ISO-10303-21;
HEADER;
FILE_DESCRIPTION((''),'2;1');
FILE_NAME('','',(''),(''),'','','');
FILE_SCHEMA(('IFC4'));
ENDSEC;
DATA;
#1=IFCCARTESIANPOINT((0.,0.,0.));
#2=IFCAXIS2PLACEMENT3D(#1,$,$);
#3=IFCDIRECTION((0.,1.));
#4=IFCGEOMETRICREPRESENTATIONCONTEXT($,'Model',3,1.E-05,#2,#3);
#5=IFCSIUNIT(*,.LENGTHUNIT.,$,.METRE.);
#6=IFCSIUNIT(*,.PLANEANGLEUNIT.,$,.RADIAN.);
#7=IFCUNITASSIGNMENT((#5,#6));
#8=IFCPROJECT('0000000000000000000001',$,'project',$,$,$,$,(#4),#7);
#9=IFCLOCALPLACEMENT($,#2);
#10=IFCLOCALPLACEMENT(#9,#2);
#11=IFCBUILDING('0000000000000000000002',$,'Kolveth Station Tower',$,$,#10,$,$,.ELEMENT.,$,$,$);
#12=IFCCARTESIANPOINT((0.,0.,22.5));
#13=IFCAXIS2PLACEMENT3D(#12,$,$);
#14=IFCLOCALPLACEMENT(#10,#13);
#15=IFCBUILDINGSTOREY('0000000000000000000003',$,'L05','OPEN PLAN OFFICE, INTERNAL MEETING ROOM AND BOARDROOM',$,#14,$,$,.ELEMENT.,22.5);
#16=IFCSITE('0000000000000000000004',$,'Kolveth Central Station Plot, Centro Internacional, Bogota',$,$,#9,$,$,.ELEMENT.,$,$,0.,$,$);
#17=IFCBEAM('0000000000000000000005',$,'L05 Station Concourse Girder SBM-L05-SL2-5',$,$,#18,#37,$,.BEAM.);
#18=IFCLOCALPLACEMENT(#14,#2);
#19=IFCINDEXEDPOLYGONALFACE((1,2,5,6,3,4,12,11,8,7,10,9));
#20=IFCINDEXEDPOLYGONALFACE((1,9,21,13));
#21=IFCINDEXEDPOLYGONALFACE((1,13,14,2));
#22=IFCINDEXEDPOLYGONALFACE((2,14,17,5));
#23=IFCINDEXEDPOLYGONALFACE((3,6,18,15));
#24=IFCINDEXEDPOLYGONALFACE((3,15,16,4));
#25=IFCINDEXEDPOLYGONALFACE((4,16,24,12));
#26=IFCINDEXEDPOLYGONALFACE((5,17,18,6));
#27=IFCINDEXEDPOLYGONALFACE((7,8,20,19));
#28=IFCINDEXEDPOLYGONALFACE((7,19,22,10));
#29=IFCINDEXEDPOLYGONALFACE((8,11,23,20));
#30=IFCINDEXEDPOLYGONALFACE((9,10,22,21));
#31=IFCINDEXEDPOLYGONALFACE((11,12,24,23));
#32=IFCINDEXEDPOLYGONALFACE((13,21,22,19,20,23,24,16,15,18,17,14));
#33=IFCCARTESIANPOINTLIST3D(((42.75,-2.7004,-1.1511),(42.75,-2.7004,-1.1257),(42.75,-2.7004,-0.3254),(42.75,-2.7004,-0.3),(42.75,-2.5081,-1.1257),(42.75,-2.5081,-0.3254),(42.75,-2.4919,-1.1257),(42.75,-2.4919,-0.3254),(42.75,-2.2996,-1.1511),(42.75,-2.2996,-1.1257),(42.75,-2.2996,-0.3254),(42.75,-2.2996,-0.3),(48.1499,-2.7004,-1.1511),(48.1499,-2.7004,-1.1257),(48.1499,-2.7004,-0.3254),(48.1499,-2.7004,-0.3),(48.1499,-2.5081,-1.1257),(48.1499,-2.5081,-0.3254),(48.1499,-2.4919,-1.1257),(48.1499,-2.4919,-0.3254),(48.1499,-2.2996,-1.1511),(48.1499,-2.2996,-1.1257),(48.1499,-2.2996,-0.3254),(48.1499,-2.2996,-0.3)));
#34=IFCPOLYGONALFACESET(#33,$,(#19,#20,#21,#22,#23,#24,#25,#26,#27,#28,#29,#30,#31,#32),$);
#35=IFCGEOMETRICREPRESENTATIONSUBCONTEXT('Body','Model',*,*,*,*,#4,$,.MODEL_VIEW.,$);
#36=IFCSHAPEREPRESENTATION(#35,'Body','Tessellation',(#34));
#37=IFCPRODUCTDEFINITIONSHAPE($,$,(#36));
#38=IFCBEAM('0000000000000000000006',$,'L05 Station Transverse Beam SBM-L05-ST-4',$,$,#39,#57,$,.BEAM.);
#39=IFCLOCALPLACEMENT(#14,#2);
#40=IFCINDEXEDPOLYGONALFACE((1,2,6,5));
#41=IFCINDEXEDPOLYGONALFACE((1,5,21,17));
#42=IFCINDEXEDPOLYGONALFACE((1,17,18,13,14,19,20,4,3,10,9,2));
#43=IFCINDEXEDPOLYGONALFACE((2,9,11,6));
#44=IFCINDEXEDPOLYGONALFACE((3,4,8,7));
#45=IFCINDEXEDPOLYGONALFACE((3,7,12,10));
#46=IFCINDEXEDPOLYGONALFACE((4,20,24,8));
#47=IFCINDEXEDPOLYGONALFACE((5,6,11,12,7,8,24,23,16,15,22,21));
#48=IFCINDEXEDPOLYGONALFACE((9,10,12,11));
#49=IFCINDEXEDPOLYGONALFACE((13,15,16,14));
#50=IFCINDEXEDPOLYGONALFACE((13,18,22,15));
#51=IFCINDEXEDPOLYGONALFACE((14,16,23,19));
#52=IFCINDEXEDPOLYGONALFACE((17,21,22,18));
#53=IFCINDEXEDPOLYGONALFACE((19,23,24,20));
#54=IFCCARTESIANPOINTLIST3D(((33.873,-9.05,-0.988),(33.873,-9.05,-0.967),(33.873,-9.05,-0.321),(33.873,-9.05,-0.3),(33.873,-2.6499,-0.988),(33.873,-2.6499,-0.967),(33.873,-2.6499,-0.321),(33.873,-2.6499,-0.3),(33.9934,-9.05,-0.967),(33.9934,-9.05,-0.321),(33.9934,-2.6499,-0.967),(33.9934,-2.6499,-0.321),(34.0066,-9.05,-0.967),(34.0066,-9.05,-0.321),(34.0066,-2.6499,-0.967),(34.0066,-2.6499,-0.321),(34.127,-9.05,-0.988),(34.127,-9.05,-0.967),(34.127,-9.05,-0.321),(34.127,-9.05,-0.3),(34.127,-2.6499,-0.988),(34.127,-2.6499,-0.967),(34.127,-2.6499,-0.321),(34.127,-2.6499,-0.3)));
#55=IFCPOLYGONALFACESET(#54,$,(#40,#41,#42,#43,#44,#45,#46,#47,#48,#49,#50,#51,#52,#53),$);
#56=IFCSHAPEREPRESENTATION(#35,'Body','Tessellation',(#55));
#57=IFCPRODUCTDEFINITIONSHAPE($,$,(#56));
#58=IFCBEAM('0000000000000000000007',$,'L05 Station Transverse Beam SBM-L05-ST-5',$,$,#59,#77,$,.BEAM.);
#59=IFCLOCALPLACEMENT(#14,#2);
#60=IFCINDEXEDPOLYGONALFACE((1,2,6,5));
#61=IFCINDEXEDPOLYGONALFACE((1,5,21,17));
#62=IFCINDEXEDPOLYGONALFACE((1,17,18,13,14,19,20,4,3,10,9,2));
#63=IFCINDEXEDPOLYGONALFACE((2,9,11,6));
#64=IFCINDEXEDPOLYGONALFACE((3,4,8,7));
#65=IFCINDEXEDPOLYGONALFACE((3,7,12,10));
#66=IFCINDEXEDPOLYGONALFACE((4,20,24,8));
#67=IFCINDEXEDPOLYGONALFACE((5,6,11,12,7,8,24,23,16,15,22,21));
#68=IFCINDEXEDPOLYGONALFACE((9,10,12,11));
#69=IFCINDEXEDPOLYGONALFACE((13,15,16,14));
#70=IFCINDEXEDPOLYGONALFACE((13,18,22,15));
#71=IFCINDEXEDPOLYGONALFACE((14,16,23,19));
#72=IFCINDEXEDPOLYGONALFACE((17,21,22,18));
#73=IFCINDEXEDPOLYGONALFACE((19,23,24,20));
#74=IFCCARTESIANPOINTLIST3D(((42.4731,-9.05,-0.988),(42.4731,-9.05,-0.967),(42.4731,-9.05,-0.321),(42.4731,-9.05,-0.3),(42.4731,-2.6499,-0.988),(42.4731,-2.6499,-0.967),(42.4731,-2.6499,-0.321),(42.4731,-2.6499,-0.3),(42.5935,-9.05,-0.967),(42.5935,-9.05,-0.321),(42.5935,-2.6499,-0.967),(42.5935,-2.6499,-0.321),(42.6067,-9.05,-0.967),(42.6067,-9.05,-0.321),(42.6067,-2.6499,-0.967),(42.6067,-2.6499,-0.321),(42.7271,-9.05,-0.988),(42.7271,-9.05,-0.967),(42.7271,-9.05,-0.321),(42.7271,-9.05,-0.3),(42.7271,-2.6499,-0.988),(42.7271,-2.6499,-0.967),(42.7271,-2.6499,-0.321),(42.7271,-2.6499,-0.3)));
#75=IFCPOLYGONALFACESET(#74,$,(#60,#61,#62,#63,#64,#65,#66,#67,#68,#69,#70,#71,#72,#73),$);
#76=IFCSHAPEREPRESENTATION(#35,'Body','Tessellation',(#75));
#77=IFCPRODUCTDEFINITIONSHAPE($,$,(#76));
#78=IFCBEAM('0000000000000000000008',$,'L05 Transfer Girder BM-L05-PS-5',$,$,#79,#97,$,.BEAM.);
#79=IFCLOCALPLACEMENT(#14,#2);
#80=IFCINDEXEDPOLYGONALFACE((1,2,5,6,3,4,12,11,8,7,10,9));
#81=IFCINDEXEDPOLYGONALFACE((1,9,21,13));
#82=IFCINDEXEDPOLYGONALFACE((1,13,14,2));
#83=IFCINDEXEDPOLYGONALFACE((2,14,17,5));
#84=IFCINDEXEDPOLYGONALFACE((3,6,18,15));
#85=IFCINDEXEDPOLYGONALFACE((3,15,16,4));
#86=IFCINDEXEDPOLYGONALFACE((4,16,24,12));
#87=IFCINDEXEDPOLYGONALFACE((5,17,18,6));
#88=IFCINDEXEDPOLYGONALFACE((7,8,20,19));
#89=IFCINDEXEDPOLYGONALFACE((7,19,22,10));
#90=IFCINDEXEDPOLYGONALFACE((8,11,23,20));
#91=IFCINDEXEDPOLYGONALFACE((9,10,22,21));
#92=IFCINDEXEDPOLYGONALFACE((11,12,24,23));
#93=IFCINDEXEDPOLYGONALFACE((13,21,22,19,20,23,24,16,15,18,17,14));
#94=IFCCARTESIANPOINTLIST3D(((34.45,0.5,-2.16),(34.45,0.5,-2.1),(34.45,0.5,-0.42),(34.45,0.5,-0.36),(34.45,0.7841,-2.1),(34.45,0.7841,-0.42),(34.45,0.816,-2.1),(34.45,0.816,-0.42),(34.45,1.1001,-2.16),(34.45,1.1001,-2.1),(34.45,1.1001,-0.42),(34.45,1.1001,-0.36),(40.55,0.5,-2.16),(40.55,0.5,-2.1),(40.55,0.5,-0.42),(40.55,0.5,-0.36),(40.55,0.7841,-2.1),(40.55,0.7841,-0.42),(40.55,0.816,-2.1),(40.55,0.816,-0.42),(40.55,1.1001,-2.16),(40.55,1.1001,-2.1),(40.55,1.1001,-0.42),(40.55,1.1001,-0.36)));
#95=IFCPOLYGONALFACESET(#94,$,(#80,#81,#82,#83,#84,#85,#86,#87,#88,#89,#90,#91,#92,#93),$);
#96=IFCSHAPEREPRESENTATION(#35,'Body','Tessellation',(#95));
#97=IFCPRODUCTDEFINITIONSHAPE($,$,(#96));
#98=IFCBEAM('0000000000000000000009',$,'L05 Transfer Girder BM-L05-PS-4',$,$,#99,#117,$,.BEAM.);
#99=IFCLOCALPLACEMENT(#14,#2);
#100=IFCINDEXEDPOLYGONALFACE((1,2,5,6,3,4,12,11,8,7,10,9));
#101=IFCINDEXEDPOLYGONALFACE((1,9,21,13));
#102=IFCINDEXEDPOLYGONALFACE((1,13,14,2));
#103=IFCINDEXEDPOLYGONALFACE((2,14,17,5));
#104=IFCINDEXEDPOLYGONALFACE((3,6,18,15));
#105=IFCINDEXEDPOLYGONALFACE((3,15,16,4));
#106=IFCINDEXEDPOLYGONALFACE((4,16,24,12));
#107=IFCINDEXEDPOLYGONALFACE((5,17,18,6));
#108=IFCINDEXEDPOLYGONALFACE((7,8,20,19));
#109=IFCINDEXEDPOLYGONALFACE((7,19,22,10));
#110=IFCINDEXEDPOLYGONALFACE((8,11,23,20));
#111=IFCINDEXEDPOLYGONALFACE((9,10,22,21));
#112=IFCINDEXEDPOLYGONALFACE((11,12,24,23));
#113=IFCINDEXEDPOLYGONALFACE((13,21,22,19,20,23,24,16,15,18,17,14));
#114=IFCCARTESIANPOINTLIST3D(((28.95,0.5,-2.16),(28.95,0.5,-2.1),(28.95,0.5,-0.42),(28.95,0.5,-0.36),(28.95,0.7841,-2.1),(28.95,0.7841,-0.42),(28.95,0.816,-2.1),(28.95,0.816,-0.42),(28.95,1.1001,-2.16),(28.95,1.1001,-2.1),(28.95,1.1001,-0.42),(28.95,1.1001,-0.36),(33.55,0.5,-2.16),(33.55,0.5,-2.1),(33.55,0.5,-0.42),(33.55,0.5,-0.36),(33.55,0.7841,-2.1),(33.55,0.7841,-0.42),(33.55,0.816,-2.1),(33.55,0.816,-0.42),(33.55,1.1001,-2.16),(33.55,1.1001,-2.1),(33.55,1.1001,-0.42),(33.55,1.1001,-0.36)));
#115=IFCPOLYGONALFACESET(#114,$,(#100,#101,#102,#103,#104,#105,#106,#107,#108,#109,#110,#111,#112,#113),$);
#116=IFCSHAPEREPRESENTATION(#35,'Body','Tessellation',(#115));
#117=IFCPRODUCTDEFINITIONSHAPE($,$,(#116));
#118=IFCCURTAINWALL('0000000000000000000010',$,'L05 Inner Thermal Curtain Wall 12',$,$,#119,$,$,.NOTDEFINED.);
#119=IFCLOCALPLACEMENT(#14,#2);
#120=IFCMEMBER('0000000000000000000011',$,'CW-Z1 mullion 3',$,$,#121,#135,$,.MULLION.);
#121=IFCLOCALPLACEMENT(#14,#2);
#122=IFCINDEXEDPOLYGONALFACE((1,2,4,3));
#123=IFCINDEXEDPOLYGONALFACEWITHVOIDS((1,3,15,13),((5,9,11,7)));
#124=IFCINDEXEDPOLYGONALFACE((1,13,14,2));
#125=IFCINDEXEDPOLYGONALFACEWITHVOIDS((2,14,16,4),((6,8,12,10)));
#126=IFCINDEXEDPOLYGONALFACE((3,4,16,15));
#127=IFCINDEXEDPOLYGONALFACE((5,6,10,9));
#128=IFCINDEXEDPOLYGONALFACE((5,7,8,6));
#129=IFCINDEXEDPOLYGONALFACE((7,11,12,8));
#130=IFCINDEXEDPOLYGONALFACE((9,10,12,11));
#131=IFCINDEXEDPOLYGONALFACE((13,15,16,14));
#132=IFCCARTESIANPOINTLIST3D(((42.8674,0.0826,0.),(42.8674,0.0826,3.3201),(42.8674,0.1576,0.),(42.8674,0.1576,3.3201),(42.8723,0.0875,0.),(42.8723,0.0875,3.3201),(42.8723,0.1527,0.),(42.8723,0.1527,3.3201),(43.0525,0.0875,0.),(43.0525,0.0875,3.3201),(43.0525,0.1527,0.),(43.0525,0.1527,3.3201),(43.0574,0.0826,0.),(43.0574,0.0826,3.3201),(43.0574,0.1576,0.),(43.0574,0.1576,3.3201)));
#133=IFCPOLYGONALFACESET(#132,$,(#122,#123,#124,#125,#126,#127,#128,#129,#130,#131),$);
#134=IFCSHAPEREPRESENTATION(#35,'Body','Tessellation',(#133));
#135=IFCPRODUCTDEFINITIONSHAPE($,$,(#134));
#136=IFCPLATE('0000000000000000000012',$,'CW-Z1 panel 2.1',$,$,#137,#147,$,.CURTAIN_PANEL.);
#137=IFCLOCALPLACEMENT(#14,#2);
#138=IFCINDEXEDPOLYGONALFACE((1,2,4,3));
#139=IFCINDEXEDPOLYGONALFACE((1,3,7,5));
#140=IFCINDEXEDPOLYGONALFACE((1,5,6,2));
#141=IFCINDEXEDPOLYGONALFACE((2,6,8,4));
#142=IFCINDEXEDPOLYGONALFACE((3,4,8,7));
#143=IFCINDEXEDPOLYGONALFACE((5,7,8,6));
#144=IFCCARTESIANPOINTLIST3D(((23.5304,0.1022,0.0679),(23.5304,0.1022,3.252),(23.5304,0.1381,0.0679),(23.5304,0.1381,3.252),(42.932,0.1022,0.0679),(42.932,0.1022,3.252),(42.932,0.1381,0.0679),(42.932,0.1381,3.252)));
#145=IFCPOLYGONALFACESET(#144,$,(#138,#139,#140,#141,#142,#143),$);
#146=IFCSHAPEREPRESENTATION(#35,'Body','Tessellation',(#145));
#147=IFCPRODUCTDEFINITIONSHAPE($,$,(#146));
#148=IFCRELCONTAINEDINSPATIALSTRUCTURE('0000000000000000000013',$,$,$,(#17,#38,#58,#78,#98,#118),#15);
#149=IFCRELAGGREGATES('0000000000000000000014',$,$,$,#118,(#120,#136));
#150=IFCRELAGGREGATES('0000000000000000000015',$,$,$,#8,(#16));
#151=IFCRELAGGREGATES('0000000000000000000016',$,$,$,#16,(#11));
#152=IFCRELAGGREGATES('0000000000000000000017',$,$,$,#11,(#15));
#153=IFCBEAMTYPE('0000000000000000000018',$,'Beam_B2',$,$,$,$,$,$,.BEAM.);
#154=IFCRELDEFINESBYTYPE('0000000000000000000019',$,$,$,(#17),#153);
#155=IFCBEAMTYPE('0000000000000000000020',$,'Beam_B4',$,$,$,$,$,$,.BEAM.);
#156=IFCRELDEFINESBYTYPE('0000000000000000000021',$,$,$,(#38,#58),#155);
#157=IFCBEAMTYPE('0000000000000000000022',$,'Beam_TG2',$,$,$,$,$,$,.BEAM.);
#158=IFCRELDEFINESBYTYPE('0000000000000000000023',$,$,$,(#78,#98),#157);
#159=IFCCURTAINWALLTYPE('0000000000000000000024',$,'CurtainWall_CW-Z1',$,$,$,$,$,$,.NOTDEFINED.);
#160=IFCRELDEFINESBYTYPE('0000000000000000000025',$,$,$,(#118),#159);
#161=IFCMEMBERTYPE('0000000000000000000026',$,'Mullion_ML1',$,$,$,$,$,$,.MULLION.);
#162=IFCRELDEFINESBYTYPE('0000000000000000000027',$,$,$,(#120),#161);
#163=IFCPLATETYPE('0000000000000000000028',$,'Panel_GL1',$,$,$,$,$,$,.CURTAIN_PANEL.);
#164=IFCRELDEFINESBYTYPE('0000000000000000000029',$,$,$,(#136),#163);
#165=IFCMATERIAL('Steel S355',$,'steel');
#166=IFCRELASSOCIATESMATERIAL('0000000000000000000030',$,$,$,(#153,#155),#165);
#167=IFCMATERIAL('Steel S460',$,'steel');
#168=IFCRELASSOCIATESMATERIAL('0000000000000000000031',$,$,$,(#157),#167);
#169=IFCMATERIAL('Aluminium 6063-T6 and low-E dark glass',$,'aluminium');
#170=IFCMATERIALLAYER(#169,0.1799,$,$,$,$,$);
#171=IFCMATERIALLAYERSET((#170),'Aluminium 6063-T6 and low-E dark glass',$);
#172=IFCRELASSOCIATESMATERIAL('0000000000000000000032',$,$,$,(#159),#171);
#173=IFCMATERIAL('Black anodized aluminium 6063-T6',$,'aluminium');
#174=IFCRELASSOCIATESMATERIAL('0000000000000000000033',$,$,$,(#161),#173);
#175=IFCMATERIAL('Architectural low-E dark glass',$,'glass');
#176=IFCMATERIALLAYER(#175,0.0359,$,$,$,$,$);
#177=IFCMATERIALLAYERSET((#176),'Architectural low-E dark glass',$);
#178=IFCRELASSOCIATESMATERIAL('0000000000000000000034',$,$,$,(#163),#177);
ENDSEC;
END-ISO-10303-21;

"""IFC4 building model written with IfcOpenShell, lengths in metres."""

from ifc_helpers import new_model, si_unit, direction, frame, origin, origin_2d, place, context, subcontext, project, spatial, rectangle, hollow_rectangle, i_section, extrude, source, transform, mapped, material, layer, layer_set, material_profile, profile_set, type_object, element, aggregate, save


model = new_model("IFC4")

# Units and contexts
model_context = context("Model", 3, precision=1e-05, world=origin(), true_north=direction((0.0, 1.0)))
body_context = subcontext(model_context, "Body", "Model", "MODEL_VIEW")
ifc_project = project(units=[si_unit("LENGTHUNIT", "METRE"), si_unit("PLANEANGLEUNIT", "RADIAN")], contexts=[model_context])

# Site, building, storey
site_placement = place(None, origin())
site = spatial("IfcSite", under=ifc_project, at=site_placement, Name="Kolveth Central Station Plot, Centro Internacional, Bogota", CompositionType="ELEMENT", RefElevation=0.0)
building_placement = place(site_placement, origin())
building = spatial("IfcBuilding", under=site, at=building_placement, Name="Kolveth Station Tower", CompositionType="ELEMENT")
storey_placement = place(building_placement, frame((0.0, 0.0, 22.5)))
storey = spatial("IfcBuildingStorey", under=building, at=storey_placement, Name="L05", Description="OPEN PLAN OFFICE, INTERNAL MEETING ROOM AND BOARDROOM", CompositionType="ELEMENT", Elevation=22.5)

# Shared definitions
ifc_material_1 = material(Name="Steel S460", Category="steel")
ifc_material_2 = material(Name="Steel S355", Category="steel")

# Beams
ifc_material_profile_1 = material_profile(ifc_material_2, i_section(OverallWidth=0.4009, OverallDepth=0.8511, WebThickness=0.0161, FlangeThickness=0.0254, at=origin_2d()), Name="W840x226")
ifc_profile_set_1 = profile_set([ifc_material_profile_1], Name="Steel S355")
beam_type_1 = type_object("IfcBeamType", Name="Beam_B2", PredefinedType="BEAM", material=ifc_profile_set_1)
shared_shape_1 = source(origin(), body_context, "Body", "SweptSolid", [
    extrude(i_section(OverallWidth=0.4009, OverallDepth=0.8511, WebThickness=0.0161, FlangeThickness=0.0254, at=origin_2d()), origin(), (0.0, 0.0, 1.0), 5.3999),
])
for number, where, z_axis, x_axis, name in (
    (1, (42.75, -2.5, -0.7256), (1.0, 0.0, 0.0), (0.0, 1.0, 0.0), "L05 Station Concourse Girder SBM-L05-SL2-5"),
):
    element("IfcBeam", number, at=place(storey_placement, frame(where, z_axis=z_axis, x_axis=x_axis)), inside=storey, type_object=beam_type_1, Name=name, PredefinedType="BEAM", context=body_context, shape_type="MappedRepresentation", body=[
        mapped(shared_shape_1, transform((0.0, 0.0, 0.0), x_axis=(1.0, 0.0, 0.0), y_axis=(0.0, 1.0, 0.0), z_axis=(0.0, 0.0, 1.0), scale=1.0)),
    ])
ifc_material_profile_2 = material_profile(ifc_material_2, i_section(OverallWidth=0.2539, OverallDepth=0.688, WebThickness=0.0132, FlangeThickness=0.021, at=origin_2d()), Name="W690x152")
ifc_profile_set_2 = profile_set([ifc_material_profile_2], Name="Steel S355")
beam_type_2 = type_object("IfcBeamType", Name="Beam_B4", PredefinedType="BEAM", material=ifc_profile_set_2)
shared_shape_2 = source(origin(), body_context, "Body", "SweptSolid", [
    extrude(i_section(OverallWidth=0.2539, OverallDepth=0.688, WebThickness=0.0132, FlangeThickness=0.021, at=origin_2d()), origin(), (0.0, 0.0, 1.0), 6.4001),
])
for number, where, z_axis, x_axis, name in (
    (2, (34.0, -9.05, -0.644), (0.0, 1.0, 0.0), (-1.0, 0.0, 0.0), "L05 Station Transverse Beam SBM-L05-ST-4"),
    (3, (42.6001, -9.05, -0.644), (0.0, 1.0, 0.0), (-1.0, 0.0, 0.0), "L05 Station Transverse Beam SBM-L05-ST-5"),
):
    element("IfcBeam", number, at=place(storey_placement, frame(where, z_axis=z_axis, x_axis=x_axis)), inside=storey, type_object=beam_type_2, Name=name, PredefinedType="BEAM", context=body_context, shape_type="MappedRepresentation", body=[
        mapped(shared_shape_2, transform((0.0, 0.0, 0.0), x_axis=(1.0, 0.0, 0.0), y_axis=(0.0, 1.0, 0.0), z_axis=(0.0, 0.0, 1.0), scale=1.0)),
    ])
ifc_material_profile_3 = material_profile(ifc_material_1, i_section(OverallWidth=0.6001, OverallDepth=1.8, WebThickness=0.032, FlangeThickness=0.0601, at=origin_2d()), Name="PG1800x600x60")
ifc_profile_set_3 = profile_set([ifc_material_profile_3], Name="Steel S460")
beam_type_3 = type_object("IfcBeamType", Name="Beam_TG2", PredefinedType="BEAM", material=ifc_profile_set_3)
shared_shape_3 = source(origin(), body_context, "Body", "SweptSolid", [
    extrude(i_section(OverallWidth=0.6001, OverallDepth=1.8, WebThickness=0.032, FlangeThickness=0.0601, at=origin_2d()), origin(), (0.0, 0.0, 1.0), 6.1001),
])
beam_1_placement = place(storey_placement, frame((34.45, 0.8, -1.26), z_axis=(1.0, 0.0, 0.0), x_axis=(0.0, 1.0, 0.0)))
element("IfcBeam", 4, at=beam_1_placement, inside=storey, type_object=beam_type_3, Name="L05 Transfer Girder BM-L05-PS-5", PredefinedType="BEAM", context=body_context, shape_type="MappedRepresentation", body=[
    mapped(shared_shape_3, transform((0.0, 0.0, 0.0), x_axis=(1.0, 0.0, 0.0), y_axis=(0.0, 1.0, 0.0), z_axis=(0.0, 0.0, 1.0), scale=1.0)),
])
shared_shape_4 = source(origin(), body_context, "Body", "SweptSolid", [
    extrude(i_section(OverallWidth=0.6001, OverallDepth=1.8, WebThickness=0.032, FlangeThickness=0.0601, at=origin_2d()), origin(), (0.0, 0.0, 1.0), 4.6001),
])
beam_2_placement = place(storey_placement, frame((28.95, 0.8, -1.26), z_axis=(1.0, 0.0, 0.0), x_axis=(0.0, 1.0, 0.0)))
element("IfcBeam", 5, at=beam_2_placement, inside=storey, type_object=beam_type_3, Name="L05 Transfer Girder BM-L05-PS-4", PredefinedType="BEAM", context=body_context, shape_type="MappedRepresentation", body=[
    mapped(shared_shape_4, transform((0.0, 0.0, 0.0), x_axis=(1.0, 0.0, 0.0), y_axis=(0.0, 1.0, 0.0), z_axis=(0.0, 0.0, 1.0), scale=1.0)),
])

# Curtain wall, member, plate
ifc_material_3 = material(Name="Aluminium 6063-T6 and low-E dark glass", Category="aluminium")
ifc_layer_1 = layer(ifc_material_3, 0.1799)
ifc_layer_set_1 = layer_set([ifc_layer_1], Name="Aluminium 6063-T6 and low-E dark glass")
curtain_wall_type = type_object("IfcCurtainWallType", Name="CurtainWall_CW-Z1", PredefinedType="NOTDEFINED", material=ifc_layer_set_1)
curtain_wall_placement = place(storey_placement, origin())
curtain_wall = element("IfcCurtainWall", 6, at=curtain_wall_placement, inside=storey, type_object=curtain_wall_type, Name="L05 Inner Thermal Curtain Wall 12", PredefinedType="NOTDEFINED")
ifc_material_4 = material(Name="Black anodized aluminium 6063-T6", Category="aluminium")
ifc_material_profile_4 = material_profile(ifc_material_4, hollow_rectangle(XDim=0.075, YDim=0.1899, WallThickness=0.0049, at=origin_2d()), Name="ALU-75x190x5")
ifc_profile_set_4 = profile_set([ifc_material_profile_4], Name="Black anodized aluminium 6063-T6")
member_type = type_object("IfcMemberType", Name="Mullion_ML1", PredefinedType="MULLION", material=ifc_profile_set_4)
shared_shape_5 = source(origin(), body_context, "Body", "SweptSolid", [
    extrude(hollow_rectangle(XDim=0.075, YDim=0.1899, WallThickness=0.0049, at=origin_2d()), origin(), (0.0, 0.0, 1.0), 3.3201),
])
member_placement = place(storey_placement, frame((42.9624, 0.1201, 0.0), z_axis=(0.0, 0.0, 1.0), x_axis=(0.0, 1.0, 0.0)))
member = element("IfcMember", 7, at=member_placement, type_object=member_type, Name="CW-Z1 mullion 3", PredefinedType="MULLION", context=body_context, shape_type="MappedRepresentation", body=[
    mapped(shared_shape_5, transform((0.0, 0.0, 0.0), x_axis=(1.0, 0.0, 0.0), y_axis=(0.0, 1.0, 0.0), z_axis=(0.0, 0.0, 1.0), scale=1.0)),
])
ifc_material_5 = material(Name="Architectural low-E dark glass", Category="glass")
ifc_layer_2 = layer(ifc_material_5, 0.0359)
ifc_layer_set_2 = layer_set([ifc_layer_2], Name="Architectural low-E dark glass")
plate_type = type_object("IfcPlateType", Name="Panel_GL1", PredefinedType="CURTAIN_PANEL", material=ifc_layer_set_2)
shared_shape_6 = source(origin(), body_context, "Body", "SweptSolid", [
    extrude(rectangle(XDim=19.4016, YDim=0.0359, at=origin_2d()), origin(), (0.0, 0.0, 1.0), 3.1841),
])
plate_placement = place(storey_placement, frame((33.2312, 0.1201, 0.0679), z_axis=(0.0, 0.0, 1.0), x_axis=(1.0, 0.0, 0.0)))
plate = element("IfcPlate", 8, at=plate_placement, type_object=plate_type, Name="CW-Z1 panel 2.1", PredefinedType="CURTAIN_PANEL", context=body_context, shape_type="MappedRepresentation", body=[
    mapped(shared_shape_6, transform((0.0, 0.0, 0.0), x_axis=(1.0, 0.0, 0.0), y_axis=(0.0, 1.0, 0.0), z_axis=(0.0, 0.0, 1.0), scale=1.0)),
])
aggregate(curtain_wall, [member, plate])

save(model, "model.ifc")
